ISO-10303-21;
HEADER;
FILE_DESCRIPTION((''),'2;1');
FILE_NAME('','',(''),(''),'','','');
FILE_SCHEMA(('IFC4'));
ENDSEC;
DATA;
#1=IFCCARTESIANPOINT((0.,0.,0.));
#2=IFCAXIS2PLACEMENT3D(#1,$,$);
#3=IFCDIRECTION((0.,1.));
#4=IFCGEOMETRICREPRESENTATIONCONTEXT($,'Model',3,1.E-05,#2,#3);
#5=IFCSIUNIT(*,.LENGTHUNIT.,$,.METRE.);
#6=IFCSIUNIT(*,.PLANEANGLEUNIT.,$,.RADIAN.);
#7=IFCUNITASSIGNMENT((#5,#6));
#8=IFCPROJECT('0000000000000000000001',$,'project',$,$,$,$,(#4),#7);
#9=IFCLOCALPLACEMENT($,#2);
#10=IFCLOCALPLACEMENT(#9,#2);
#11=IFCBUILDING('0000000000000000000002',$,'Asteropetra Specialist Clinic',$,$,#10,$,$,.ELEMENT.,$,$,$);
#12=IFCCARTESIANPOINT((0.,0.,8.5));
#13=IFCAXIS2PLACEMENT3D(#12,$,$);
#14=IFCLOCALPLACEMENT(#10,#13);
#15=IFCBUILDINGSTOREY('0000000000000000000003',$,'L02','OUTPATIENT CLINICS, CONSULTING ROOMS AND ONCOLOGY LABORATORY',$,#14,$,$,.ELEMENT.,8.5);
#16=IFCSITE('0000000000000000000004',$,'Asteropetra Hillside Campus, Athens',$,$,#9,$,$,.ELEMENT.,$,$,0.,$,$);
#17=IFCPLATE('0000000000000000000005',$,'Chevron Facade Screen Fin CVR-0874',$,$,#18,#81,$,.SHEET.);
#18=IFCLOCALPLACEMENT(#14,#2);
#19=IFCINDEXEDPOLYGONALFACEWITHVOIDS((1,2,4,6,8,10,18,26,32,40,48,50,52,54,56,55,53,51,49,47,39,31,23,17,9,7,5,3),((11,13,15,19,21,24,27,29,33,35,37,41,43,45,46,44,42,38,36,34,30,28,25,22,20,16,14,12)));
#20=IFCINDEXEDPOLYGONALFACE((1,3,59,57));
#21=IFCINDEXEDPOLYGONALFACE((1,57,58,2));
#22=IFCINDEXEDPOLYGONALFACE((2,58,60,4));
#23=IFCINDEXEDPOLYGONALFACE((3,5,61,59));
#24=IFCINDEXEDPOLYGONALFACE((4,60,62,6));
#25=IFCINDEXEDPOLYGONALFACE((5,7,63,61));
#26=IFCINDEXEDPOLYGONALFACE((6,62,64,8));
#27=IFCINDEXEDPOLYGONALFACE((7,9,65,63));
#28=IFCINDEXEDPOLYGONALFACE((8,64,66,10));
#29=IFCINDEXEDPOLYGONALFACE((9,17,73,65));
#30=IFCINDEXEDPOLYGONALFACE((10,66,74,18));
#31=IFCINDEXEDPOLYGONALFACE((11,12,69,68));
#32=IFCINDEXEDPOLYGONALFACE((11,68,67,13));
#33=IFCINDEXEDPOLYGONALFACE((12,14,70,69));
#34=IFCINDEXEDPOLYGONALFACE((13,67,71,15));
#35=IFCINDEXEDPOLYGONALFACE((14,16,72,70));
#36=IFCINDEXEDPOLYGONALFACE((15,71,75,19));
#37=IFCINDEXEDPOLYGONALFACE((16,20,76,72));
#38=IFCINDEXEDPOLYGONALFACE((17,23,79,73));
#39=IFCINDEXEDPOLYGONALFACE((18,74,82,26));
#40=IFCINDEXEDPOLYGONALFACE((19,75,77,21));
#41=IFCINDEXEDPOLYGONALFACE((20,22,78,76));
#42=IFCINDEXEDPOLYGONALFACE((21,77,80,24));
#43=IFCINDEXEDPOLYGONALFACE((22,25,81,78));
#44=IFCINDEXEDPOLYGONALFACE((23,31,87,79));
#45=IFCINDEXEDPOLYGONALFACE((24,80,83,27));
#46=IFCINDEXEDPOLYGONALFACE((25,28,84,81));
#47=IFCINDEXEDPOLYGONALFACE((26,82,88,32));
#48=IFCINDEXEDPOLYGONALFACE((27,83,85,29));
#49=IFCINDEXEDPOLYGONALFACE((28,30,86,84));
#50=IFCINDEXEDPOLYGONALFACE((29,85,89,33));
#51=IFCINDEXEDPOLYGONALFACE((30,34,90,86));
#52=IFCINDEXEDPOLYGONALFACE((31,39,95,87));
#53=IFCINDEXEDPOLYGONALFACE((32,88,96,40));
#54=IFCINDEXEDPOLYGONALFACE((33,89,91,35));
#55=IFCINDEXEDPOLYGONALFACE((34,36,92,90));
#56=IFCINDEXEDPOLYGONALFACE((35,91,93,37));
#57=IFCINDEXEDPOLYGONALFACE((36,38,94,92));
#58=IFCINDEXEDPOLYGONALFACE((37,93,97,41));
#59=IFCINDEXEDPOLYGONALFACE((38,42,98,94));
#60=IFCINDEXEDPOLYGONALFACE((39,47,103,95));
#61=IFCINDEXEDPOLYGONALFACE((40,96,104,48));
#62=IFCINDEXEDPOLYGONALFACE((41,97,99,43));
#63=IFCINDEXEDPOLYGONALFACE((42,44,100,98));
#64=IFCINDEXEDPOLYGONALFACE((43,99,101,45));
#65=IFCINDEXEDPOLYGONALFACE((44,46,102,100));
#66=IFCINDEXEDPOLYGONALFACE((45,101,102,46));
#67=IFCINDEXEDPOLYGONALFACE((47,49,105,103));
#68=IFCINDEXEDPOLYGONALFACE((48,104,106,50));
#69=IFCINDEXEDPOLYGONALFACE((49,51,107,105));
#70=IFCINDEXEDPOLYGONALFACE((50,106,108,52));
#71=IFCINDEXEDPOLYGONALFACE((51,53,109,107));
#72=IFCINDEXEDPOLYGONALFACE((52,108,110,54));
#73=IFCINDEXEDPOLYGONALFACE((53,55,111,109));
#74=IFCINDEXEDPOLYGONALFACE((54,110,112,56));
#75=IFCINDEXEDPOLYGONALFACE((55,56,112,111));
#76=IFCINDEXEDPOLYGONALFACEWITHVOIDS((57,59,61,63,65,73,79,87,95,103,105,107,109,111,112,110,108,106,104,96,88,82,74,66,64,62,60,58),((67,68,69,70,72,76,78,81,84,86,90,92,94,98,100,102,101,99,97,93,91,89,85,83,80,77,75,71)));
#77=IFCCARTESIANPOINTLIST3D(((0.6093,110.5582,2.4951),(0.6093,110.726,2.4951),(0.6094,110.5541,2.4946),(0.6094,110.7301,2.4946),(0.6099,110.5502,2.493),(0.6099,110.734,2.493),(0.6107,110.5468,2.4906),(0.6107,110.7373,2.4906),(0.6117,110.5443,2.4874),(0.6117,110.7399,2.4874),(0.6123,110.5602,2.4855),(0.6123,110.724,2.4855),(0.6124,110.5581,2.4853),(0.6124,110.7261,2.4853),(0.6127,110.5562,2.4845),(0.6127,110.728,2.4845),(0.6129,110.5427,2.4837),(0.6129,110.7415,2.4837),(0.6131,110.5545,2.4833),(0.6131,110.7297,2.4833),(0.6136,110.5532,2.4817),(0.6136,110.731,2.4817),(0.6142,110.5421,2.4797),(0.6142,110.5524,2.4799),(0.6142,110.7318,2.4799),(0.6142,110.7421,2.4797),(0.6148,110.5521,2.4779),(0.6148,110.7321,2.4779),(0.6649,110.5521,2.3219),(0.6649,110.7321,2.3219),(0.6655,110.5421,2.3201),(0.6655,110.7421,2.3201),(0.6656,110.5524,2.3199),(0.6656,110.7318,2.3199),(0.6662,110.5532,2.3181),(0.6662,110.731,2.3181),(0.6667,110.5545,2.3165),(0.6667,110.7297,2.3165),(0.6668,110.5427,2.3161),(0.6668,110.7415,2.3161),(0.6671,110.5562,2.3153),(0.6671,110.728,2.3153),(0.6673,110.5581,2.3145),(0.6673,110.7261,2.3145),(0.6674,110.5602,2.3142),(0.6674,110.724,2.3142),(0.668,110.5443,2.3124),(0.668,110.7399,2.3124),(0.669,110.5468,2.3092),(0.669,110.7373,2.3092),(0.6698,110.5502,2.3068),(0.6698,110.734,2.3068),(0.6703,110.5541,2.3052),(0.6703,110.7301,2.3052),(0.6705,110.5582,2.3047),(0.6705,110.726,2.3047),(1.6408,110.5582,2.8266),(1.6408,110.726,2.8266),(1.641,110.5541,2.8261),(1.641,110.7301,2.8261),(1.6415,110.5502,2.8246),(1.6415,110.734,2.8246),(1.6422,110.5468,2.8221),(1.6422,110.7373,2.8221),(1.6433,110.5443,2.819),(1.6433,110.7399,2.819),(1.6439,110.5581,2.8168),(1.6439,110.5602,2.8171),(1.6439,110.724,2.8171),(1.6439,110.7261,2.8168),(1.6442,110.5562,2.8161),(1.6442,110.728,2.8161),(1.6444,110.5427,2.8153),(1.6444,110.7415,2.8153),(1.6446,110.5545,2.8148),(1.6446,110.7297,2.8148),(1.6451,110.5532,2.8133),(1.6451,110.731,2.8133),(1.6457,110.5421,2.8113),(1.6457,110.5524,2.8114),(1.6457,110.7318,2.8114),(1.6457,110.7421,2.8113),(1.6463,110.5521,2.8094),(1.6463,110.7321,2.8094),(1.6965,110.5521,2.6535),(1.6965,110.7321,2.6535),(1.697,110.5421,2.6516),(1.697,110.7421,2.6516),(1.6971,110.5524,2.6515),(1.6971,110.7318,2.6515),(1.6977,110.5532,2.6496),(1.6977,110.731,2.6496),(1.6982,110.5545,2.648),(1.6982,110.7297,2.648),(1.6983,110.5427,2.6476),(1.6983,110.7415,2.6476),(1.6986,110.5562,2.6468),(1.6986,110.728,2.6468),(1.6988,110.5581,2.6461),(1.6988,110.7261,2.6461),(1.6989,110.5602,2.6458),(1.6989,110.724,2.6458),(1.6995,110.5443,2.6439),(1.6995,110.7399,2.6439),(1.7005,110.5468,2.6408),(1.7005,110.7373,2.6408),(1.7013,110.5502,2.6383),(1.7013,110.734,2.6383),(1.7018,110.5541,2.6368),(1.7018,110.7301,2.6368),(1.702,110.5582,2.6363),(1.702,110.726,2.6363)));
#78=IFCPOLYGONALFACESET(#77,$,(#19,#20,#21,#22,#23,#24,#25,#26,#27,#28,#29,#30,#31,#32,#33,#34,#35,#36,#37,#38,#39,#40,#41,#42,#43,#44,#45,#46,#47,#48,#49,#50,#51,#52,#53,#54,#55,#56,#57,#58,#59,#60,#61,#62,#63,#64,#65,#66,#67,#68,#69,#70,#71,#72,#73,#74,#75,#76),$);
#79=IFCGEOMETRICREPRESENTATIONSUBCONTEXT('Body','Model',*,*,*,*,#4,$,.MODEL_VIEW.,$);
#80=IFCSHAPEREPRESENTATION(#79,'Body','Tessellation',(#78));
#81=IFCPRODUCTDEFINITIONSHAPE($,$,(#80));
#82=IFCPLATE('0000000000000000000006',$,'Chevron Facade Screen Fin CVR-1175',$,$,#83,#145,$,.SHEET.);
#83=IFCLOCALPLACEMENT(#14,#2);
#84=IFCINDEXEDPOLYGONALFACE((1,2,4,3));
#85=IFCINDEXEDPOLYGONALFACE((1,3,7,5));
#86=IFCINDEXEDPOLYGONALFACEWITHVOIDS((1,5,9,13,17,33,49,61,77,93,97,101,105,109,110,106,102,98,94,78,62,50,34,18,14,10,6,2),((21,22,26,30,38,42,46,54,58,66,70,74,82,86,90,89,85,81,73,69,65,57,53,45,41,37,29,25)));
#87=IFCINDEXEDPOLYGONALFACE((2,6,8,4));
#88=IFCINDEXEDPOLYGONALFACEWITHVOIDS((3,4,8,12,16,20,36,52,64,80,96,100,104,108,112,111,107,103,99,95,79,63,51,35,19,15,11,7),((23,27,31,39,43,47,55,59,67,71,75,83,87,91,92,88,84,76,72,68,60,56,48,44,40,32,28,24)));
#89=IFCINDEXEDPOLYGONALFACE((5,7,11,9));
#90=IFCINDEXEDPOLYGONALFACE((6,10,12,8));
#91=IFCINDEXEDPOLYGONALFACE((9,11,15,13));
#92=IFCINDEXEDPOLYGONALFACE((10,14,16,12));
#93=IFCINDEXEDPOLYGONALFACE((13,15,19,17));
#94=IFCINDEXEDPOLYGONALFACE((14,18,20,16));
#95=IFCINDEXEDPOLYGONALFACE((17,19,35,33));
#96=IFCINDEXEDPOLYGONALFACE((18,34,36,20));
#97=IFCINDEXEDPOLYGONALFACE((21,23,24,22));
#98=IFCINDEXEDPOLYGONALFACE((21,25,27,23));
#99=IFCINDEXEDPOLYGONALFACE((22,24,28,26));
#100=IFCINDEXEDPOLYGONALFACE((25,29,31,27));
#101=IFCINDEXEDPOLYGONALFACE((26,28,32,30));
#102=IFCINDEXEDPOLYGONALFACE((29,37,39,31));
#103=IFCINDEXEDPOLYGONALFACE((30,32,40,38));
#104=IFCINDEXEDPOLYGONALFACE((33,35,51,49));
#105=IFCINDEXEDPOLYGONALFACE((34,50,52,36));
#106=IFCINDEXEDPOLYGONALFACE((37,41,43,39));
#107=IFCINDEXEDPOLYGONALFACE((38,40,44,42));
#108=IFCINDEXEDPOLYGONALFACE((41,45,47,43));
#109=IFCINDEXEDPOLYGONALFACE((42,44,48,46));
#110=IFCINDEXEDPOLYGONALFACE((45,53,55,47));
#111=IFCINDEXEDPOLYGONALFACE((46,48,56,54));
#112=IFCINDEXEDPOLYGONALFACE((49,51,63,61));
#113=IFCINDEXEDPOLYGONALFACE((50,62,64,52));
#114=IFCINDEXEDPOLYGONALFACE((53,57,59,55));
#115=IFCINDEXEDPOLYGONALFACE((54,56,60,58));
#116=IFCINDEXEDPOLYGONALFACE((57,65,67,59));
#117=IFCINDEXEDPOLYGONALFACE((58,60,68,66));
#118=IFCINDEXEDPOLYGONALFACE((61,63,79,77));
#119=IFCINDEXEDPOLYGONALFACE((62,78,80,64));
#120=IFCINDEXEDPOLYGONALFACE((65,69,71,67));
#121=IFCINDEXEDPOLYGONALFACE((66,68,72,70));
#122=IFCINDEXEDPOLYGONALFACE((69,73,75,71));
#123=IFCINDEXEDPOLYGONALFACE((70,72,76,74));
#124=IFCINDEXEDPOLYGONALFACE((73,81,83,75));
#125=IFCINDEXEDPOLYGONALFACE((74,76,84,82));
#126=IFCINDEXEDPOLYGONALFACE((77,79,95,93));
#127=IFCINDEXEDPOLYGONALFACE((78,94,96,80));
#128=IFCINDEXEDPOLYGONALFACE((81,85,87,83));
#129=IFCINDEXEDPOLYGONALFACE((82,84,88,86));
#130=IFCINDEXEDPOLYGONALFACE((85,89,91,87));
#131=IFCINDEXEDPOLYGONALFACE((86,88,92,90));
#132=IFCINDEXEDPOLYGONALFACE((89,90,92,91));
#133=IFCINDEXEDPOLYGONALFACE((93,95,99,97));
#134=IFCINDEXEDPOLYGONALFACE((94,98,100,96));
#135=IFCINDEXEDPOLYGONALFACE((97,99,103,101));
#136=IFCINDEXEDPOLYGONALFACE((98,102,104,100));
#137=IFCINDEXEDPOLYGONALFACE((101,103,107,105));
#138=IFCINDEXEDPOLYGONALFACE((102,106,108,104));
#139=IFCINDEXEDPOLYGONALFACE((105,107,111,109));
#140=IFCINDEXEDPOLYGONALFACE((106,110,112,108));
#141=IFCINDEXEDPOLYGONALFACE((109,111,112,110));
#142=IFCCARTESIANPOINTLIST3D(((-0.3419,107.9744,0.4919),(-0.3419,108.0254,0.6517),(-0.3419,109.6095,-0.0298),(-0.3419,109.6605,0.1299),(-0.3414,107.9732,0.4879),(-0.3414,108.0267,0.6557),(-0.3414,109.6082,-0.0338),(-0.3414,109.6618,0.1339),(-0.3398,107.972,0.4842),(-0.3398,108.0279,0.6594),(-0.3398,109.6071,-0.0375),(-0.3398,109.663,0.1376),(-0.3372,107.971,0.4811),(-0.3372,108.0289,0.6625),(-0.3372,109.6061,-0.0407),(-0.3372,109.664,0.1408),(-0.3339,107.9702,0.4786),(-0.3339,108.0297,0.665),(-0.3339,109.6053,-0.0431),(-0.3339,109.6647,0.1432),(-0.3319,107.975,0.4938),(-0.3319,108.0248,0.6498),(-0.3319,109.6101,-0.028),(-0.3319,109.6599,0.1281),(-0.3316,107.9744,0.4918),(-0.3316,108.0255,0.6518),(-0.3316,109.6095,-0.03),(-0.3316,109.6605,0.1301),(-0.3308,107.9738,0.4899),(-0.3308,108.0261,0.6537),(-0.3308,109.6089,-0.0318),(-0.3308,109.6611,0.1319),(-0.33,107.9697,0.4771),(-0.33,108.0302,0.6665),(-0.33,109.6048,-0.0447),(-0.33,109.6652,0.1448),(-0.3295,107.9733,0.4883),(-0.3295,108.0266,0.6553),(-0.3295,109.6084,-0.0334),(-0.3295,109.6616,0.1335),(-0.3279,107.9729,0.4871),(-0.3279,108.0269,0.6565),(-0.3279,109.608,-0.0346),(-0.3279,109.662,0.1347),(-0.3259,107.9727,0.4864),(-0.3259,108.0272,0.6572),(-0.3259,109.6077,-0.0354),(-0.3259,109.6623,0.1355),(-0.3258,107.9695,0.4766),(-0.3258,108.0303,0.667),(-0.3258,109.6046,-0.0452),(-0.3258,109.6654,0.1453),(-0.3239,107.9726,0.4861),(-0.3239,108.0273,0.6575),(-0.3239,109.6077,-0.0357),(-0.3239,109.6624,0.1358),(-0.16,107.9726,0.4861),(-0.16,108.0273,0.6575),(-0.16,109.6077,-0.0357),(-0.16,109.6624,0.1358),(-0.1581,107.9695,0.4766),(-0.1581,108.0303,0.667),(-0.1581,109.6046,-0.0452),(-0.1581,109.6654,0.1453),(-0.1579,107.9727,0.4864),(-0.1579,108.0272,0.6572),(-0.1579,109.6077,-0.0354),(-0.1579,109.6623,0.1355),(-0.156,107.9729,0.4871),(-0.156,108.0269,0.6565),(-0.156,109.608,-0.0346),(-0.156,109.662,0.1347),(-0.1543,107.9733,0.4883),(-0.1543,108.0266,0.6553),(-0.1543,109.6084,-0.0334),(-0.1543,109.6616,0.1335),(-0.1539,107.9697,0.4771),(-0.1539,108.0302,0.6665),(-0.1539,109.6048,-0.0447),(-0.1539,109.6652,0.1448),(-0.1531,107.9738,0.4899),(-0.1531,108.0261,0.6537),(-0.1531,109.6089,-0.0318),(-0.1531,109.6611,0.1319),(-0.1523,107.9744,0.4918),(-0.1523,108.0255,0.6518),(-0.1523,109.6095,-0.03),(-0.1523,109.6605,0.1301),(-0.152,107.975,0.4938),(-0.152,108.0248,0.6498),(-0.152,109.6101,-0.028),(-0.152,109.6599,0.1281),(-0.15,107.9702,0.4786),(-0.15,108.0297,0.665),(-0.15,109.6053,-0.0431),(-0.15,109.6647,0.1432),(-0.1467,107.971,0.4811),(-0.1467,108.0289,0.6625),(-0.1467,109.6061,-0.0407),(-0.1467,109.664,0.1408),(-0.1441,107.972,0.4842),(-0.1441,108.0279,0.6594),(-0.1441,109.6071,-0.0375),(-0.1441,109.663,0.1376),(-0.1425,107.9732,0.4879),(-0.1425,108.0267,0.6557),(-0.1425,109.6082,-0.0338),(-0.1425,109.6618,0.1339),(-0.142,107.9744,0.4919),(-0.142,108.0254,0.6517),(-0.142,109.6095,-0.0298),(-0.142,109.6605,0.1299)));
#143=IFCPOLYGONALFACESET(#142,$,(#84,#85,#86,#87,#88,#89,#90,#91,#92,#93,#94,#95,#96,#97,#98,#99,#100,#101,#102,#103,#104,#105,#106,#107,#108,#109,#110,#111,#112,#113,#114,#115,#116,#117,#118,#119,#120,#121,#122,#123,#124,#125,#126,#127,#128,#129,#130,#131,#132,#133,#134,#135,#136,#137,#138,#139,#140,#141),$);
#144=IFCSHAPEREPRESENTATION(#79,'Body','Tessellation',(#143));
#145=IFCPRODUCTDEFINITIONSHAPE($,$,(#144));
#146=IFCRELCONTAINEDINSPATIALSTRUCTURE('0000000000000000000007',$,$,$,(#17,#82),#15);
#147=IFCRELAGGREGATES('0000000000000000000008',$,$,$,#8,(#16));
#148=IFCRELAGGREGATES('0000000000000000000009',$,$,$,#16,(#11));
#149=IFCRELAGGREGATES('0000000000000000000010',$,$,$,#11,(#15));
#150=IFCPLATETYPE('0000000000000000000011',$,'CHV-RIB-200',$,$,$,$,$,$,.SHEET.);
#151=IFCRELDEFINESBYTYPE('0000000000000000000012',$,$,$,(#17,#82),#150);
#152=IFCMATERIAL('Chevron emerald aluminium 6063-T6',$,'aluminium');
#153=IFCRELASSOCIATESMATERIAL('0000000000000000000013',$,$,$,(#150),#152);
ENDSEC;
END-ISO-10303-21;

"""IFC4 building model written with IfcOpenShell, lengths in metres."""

from ifc_helpers import new_model, si_unit, direction, frame, origin, origin_2d, place, context, subcontext, project, spatial, hollow_rectangle, extrude, material, material_profile, profile_set, type_object, element, save


model = new_model("IFC4")

# Units and contexts
model_context = context("Model", 3, precision=1e-05, world=origin(), true_north=direction((0.0, 1.0)))
body_context = subcontext(model_context, "Body", "Model", "MODEL_VIEW")
ifc_project = project(units=[si_unit("LENGTHUNIT", "METRE"), si_unit("PLANEANGLEUNIT", "RADIAN")], contexts=[model_context])

# Site, building, storey
site_placement = place(None, origin())
site = spatial("IfcSite", under=ifc_project, at=site_placement, Name="Asteropetra Hillside Campus, Athens", CompositionType="ELEMENT", RefElevation=0.0)
building_placement = place(site_placement, origin())
building = spatial("IfcBuilding", under=site, at=building_placement, Name="Asteropetra Specialist Clinic", CompositionType="ELEMENT")
storey_placement = place(building_placement, frame((0.0, 0.0, 8.5)))
storey = spatial("IfcBuildingStorey", under=building, at=storey_placement, Name="L02", Description="OUTPATIENT CLINICS, CONSULTING ROOMS AND ONCOLOGY LABORATORY", CompositionType="ELEMENT", Elevation=8.5)

# Plates
ifc_material_1 = material(Name="Chevron emerald aluminium 6063-T6", Category="aluminium")
ifc_material_profile_1 = material_profile(ifc_material_1, hollow_rectangle(XDim=0.2, YDim=0.2, WallThickness=0.01, InnerFilletRadius=0.0081, OuterFilletRadius=0.0161, at=origin_2d()), Name="SHS 200x200x10.0")
ifc_profile_set_1 = profile_set([ifc_material_profile_1], Name="Chevron emerald aluminium 6063-T6")
plate_type_1 = type_object("IfcPlateType", Name="CHV-RIB-200", PredefinedType="SHEET", material=ifc_profile_set_1)
for number, where, z_axis, x_axis, name in (
    (1, (1.6714, 110.6421, 2.7314), (-0.952031, 0.0, -0.306002), (0.0, -1.0, 0.0), "Chevron Facade Screen Fin CVR-0874"),
):
    element("IfcPlate", number, at=place(storey_placement, frame(where, z_axis=z_axis, x_axis=x_axis)), inside=storey, type_object=plate_type_1, Name=name, PredefinedType="SHEET", context=body_context, shape_type="SweptSolid", body=[
        extrude(hollow_rectangle(XDim=0.2, YDim=0.2, WallThickness=0.01, InnerFilletRadius=0.0081, OuterFilletRadius=0.0161, at=origin_2d()), origin(), (0.0, 0.0, 1.0), 1.0835),
    ])
for number, where, z_axis, x_axis, name in (
    (2, (-0.2419, 109.635, 0.05), (0.0, -0.952673, 0.303996), (1.0, 0.0, 0.0), "Chevron Facade Screen Fin CVR-1175"),
):
    element("IfcPlate", number, at=place(storey_placement, frame(where, z_axis=z_axis, x_axis=x_axis)), inside=storey, type_object=plate_type_1, Name=name, PredefinedType="SHEET", context=body_context, shape_type="SweptSolid", body=[
        extrude(hollow_rectangle(XDim=0.2, YDim=0.2, WallThickness=0.01, InnerFilletRadius=0.0081, OuterFilletRadius=0.0161, at=origin_2d()), origin(), (0.0, 0.0, 1.0), 1.7163),
    ])

save(model, "model.ifc")
